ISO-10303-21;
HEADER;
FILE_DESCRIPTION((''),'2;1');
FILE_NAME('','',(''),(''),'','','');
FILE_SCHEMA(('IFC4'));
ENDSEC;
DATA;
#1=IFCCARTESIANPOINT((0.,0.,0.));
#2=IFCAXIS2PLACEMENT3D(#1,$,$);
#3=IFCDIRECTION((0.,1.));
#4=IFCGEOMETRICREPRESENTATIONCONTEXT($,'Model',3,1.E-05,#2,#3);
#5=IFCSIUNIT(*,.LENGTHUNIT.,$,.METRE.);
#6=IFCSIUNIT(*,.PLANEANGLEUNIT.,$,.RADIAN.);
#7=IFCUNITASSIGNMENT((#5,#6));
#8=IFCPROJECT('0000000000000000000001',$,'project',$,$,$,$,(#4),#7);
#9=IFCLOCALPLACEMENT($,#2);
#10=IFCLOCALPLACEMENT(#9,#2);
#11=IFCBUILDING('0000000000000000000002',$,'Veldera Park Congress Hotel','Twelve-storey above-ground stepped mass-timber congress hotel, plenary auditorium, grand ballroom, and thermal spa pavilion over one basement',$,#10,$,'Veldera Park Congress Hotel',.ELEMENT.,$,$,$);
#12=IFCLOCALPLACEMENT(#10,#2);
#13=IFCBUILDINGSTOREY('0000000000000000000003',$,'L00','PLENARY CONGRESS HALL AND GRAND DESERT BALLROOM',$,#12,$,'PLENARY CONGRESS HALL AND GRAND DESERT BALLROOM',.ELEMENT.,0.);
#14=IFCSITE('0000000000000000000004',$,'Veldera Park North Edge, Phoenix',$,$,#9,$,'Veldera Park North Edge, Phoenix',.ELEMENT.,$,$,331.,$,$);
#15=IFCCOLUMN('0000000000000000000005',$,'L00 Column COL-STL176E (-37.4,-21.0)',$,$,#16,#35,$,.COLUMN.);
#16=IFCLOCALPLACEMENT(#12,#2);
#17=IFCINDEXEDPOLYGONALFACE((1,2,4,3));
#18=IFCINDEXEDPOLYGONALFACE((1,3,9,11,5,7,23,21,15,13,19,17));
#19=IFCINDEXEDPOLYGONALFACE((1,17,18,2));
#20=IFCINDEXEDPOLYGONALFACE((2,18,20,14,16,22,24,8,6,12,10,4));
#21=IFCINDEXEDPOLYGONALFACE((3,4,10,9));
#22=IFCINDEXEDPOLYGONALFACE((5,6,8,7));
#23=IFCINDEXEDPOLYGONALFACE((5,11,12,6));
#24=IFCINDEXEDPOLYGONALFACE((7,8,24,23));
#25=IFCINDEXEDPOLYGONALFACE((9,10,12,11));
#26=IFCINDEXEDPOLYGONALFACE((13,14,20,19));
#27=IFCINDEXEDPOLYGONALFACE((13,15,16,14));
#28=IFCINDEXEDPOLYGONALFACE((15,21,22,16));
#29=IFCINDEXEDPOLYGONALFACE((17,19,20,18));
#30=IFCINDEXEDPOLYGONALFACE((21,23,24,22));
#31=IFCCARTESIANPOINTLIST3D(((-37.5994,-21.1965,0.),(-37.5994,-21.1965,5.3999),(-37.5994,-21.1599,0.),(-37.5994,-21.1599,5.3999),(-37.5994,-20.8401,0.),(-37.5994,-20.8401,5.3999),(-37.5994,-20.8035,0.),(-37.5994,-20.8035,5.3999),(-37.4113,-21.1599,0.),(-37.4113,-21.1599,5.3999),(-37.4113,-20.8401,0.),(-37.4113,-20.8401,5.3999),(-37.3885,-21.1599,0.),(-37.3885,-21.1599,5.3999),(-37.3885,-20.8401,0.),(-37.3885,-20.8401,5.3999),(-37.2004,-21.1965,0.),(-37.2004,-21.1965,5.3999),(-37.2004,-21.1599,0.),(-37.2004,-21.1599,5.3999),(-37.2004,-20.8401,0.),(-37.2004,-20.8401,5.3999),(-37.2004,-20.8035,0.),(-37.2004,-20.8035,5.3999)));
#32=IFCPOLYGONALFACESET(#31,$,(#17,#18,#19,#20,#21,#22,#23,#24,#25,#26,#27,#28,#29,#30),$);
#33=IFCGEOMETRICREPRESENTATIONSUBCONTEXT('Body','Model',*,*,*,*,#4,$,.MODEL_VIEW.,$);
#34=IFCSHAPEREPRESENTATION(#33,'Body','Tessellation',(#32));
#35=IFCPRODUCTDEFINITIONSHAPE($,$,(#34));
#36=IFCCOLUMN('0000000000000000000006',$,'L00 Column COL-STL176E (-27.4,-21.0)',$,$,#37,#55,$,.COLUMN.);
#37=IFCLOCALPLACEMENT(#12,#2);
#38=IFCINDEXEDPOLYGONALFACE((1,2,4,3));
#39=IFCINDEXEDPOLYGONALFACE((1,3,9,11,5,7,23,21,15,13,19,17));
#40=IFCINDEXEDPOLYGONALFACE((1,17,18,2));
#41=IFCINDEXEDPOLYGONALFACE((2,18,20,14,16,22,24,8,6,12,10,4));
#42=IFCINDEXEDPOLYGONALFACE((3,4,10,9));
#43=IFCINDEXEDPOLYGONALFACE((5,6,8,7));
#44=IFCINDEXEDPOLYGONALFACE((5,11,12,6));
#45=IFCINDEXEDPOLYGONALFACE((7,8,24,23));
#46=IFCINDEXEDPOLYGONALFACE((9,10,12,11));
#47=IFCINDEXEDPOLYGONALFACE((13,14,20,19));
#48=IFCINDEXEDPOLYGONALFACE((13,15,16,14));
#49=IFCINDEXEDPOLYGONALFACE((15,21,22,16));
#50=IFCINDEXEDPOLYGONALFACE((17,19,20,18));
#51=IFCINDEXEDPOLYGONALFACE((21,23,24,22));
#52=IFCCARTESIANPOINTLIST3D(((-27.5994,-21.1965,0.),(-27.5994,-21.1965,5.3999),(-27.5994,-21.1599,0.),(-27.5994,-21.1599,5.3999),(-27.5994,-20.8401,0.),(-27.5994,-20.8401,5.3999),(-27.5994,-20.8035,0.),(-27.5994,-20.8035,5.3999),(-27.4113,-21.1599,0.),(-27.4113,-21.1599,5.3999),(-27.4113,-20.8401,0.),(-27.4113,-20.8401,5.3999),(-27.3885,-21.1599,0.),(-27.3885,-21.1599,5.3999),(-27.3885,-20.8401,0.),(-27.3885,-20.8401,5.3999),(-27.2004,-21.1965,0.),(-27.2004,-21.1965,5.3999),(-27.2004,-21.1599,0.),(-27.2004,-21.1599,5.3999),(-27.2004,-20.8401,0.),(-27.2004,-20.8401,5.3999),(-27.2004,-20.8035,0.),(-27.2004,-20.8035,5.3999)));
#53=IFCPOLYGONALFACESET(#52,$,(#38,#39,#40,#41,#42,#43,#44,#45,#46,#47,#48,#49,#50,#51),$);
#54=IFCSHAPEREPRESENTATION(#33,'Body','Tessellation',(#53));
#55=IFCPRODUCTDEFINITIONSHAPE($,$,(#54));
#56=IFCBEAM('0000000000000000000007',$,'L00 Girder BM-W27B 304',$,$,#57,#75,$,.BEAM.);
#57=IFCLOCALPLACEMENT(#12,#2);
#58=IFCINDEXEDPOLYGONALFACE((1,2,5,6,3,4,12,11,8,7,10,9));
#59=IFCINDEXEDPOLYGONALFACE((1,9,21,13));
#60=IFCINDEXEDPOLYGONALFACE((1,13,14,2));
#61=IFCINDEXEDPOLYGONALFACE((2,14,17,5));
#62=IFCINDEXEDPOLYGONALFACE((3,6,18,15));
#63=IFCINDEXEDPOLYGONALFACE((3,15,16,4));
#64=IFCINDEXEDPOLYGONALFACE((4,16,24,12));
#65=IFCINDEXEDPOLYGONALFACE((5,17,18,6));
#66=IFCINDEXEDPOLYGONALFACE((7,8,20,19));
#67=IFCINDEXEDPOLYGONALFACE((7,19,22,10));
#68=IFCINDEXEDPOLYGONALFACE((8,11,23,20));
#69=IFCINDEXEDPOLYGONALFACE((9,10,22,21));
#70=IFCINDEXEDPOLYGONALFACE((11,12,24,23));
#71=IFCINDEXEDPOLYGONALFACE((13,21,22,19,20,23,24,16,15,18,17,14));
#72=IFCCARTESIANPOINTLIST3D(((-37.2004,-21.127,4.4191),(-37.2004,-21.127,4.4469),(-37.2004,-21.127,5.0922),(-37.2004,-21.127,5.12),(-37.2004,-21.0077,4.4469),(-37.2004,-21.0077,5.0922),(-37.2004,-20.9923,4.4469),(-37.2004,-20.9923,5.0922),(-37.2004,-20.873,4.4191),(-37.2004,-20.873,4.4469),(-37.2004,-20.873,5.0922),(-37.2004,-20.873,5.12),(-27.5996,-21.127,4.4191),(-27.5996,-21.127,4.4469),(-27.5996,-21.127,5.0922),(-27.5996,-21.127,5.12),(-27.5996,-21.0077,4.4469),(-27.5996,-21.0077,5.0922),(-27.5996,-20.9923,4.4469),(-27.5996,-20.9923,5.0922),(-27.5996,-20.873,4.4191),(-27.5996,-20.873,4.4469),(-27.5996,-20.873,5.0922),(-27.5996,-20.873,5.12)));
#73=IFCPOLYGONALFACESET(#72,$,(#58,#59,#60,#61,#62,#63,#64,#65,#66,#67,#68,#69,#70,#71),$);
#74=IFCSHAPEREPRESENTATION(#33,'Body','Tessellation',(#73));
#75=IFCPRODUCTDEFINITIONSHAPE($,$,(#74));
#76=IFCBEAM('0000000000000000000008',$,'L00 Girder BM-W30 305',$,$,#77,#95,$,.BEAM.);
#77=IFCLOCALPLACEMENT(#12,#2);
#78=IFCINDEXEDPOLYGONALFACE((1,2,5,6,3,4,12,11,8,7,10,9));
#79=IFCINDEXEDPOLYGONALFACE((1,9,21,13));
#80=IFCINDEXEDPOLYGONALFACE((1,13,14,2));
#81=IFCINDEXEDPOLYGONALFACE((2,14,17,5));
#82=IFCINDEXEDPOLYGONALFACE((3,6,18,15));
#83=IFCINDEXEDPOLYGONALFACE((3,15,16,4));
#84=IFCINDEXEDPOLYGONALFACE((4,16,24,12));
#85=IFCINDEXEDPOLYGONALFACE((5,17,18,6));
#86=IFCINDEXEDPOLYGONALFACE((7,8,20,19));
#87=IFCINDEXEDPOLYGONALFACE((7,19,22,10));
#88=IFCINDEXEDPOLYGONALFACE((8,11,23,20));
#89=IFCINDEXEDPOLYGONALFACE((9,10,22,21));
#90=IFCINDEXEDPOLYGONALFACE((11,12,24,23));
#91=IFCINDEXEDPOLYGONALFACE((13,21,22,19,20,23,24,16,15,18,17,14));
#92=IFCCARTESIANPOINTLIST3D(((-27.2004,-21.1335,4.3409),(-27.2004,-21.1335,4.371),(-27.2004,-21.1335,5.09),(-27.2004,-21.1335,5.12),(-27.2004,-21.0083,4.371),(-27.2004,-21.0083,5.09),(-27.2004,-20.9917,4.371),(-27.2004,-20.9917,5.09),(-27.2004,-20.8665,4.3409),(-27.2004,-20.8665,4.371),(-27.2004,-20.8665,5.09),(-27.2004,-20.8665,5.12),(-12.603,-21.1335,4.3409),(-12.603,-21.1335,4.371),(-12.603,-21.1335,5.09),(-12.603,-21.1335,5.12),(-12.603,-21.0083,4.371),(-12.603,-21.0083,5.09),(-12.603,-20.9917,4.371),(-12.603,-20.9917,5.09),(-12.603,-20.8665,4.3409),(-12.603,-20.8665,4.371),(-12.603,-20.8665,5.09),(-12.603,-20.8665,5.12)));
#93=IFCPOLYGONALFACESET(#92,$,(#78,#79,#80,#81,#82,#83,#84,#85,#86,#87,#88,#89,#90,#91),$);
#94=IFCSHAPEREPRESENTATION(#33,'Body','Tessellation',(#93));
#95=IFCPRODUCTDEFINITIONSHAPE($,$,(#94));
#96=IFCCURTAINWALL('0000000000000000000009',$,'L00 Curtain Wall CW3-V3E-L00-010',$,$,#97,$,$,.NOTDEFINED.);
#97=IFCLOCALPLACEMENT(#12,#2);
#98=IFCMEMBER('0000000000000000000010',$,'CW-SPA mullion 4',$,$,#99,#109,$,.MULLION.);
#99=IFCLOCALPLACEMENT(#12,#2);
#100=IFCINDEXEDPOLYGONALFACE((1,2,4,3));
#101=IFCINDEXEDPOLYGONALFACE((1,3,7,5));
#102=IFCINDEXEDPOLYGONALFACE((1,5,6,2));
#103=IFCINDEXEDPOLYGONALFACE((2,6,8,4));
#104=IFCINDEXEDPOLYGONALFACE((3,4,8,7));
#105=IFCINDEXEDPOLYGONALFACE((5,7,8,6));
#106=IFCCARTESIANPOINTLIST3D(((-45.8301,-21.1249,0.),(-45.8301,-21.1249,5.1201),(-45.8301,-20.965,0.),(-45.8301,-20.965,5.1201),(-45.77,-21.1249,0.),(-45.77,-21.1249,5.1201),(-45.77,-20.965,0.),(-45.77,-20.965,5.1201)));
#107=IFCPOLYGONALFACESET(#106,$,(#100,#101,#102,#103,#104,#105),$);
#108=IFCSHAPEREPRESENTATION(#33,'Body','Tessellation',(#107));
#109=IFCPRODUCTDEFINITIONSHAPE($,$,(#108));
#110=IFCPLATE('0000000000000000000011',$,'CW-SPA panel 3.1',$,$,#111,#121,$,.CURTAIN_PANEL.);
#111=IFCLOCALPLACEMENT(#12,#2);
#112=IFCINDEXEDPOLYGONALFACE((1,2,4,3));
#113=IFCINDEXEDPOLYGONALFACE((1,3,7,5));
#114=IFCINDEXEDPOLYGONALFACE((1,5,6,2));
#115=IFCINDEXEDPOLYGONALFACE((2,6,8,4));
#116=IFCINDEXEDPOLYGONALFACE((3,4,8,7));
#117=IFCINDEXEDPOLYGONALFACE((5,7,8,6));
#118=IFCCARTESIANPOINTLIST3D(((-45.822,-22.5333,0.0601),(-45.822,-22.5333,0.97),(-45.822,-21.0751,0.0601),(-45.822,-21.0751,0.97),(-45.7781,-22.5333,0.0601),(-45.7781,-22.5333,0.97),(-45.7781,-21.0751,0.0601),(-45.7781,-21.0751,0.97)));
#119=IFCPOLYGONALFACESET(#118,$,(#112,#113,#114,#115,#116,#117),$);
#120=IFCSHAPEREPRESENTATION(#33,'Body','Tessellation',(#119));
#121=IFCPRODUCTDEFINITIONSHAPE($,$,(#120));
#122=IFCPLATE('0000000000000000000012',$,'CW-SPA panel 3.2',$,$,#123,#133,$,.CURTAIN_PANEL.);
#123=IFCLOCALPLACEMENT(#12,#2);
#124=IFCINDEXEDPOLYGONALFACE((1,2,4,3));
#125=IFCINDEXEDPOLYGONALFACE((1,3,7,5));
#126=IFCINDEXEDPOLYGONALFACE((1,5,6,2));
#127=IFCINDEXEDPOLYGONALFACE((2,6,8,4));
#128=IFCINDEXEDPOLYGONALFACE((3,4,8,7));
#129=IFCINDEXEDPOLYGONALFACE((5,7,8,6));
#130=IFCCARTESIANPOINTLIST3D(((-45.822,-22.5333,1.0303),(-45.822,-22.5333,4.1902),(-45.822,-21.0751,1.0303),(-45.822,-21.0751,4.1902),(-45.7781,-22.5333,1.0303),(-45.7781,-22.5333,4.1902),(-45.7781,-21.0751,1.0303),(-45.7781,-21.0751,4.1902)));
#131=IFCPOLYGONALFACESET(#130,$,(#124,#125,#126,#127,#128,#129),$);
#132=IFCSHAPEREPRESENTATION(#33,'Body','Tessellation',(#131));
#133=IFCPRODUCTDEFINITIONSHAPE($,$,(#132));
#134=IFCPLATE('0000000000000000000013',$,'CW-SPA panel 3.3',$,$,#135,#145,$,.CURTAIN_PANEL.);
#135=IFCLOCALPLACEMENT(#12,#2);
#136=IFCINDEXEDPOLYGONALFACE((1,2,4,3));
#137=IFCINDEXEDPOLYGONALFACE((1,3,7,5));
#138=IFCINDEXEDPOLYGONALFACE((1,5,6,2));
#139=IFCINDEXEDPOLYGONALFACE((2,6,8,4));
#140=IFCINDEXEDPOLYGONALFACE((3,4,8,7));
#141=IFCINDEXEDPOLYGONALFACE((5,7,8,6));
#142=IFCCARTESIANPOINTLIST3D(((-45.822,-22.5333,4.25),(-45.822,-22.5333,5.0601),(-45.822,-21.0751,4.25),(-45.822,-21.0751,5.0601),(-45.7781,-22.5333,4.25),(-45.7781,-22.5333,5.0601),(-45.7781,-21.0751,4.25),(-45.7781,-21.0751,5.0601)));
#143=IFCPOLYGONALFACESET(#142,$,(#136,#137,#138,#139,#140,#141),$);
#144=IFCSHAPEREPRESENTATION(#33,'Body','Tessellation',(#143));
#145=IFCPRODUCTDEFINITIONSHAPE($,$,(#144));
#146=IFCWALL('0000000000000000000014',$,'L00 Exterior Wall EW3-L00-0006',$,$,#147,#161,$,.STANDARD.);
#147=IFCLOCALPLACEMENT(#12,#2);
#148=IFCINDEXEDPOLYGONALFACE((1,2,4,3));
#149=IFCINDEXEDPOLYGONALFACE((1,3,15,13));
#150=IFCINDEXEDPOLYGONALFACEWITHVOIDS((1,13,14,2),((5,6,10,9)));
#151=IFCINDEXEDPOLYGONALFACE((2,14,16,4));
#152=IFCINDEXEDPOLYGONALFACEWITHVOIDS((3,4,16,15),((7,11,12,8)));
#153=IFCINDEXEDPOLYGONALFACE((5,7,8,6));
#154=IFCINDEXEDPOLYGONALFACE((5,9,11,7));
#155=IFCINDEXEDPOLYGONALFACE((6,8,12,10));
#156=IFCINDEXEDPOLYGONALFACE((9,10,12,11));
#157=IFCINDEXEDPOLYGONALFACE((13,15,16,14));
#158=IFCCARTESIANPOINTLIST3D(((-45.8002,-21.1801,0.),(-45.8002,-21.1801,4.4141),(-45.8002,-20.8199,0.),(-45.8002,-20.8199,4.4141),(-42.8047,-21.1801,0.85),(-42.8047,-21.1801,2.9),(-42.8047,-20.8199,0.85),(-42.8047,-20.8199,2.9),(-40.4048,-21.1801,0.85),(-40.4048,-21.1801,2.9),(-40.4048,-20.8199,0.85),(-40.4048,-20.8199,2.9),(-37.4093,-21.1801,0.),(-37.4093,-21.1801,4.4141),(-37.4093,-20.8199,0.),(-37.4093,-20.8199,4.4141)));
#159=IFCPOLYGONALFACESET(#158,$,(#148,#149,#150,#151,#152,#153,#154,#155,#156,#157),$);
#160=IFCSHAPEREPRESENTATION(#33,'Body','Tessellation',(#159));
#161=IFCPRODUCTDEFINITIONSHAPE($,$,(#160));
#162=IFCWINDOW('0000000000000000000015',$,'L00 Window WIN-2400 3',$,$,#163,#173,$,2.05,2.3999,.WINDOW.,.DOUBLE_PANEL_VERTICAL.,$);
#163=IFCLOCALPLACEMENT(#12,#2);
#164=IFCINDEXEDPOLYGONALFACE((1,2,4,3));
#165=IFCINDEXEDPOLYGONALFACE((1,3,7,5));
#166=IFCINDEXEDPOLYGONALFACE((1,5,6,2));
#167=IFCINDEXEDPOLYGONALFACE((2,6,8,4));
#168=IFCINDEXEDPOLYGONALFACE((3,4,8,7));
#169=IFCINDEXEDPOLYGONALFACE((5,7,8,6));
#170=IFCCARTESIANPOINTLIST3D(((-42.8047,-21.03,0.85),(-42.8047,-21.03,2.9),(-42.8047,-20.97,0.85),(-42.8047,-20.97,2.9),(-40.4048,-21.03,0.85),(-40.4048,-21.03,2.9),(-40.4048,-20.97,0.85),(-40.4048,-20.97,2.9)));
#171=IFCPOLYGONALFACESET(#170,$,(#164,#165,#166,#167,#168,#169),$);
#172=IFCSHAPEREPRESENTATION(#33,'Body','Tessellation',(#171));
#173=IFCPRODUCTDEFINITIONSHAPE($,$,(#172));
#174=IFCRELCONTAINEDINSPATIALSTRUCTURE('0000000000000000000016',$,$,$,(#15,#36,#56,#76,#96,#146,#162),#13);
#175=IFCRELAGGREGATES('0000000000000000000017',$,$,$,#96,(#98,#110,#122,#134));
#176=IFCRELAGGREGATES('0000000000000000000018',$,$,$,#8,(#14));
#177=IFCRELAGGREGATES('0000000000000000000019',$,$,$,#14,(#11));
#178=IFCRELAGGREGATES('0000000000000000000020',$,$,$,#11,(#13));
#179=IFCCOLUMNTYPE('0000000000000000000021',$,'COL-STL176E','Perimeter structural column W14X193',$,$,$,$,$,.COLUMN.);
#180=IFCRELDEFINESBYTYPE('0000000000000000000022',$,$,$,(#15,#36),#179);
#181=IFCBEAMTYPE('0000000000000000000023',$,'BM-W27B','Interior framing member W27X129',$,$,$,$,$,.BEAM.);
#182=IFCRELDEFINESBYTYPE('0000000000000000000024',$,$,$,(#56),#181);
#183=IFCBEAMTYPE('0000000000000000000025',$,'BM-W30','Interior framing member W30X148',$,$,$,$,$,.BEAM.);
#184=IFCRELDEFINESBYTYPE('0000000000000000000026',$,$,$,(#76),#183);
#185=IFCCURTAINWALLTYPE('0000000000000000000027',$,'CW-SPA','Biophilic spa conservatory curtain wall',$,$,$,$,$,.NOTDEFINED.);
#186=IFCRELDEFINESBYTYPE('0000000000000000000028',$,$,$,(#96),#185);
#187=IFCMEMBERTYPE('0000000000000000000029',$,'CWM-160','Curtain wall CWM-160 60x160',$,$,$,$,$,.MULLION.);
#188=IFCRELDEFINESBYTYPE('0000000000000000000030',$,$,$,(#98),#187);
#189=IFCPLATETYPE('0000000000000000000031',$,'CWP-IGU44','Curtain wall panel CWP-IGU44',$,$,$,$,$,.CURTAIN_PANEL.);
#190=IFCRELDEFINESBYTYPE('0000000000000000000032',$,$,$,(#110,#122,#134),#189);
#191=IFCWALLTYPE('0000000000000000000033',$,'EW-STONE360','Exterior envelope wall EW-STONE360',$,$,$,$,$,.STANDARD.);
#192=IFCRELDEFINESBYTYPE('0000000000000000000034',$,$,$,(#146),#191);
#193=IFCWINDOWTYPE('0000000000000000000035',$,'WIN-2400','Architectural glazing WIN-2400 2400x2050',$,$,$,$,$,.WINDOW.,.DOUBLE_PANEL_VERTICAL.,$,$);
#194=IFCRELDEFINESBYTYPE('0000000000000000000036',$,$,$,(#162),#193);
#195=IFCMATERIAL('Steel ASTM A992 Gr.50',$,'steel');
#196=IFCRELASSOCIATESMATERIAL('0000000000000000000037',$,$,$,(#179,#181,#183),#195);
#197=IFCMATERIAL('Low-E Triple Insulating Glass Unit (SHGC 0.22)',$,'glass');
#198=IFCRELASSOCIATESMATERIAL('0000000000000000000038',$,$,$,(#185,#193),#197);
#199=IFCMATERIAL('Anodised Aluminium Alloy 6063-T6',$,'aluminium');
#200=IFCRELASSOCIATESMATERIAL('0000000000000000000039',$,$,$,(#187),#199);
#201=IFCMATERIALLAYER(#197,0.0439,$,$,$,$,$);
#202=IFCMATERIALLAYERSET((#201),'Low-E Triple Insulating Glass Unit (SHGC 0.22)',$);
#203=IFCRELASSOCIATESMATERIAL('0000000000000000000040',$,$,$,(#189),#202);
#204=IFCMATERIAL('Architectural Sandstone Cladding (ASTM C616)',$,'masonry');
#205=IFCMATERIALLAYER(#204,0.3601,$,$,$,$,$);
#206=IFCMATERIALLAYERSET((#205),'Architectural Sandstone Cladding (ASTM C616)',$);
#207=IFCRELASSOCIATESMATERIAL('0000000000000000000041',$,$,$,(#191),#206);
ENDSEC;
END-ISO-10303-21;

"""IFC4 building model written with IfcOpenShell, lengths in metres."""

from ifc_helpers import new_model, si_unit, direction, frame, frame_2d, origin, origin_2d, place, context, subcontext, project, spatial, rectangle, i_section, extrude, material, layer, layer_set, material_profile, profile_set, type_object, element, fill, aggregate, save


model = new_model("IFC4")

# Units and contexts
model_context = context("Model", 3, precision=1e-05, world=origin(), true_north=direction((0.0, 1.0)))
body_context = subcontext(model_context, "Body", "Model", "MODEL_VIEW")
ifc_project = project(units=[si_unit("LENGTHUNIT", "METRE"), si_unit("PLANEANGLEUNIT", "RADIAN")], contexts=[model_context])

# Site, building, storey
site_placement = place(None, origin())
site = spatial("IfcSite", under=ifc_project, at=site_placement, Name="Veldera Park North Edge, Phoenix", LongName="Veldera Park North Edge, Phoenix", CompositionType="ELEMENT", RefElevation=331.0)
building_placement = place(site_placement, origin())
building = spatial("IfcBuilding", under=site, at=building_placement, Name="Veldera Park Congress Hotel", Description="Twelve-storey above-ground stepped mass-timber congress hotel, plenary auditorium, grand ballroom, and thermal spa pavilion over one basement", LongName="Veldera Park Congress Hotel", CompositionType="ELEMENT")
storey_placement = place(building_placement, origin())
storey = spatial("IfcBuildingStorey", under=building, at=storey_placement, Name="L00", Description="PLENARY CONGRESS HALL AND GRAND DESERT BALLROOM", LongName="PLENARY CONGRESS HALL AND GRAND DESERT BALLROOM", CompositionType="ELEMENT", Elevation=0.0)

# Columns
ifc_material_1 = material(Name="Steel ASTM A992 Gr.50", Category="steel")
ifc_material_profile_1 = material_profile(ifc_material_1, i_section(OverallWidth=0.3989, OverallDepth=0.3931, WebThickness=0.0227, FlangeThickness=0.0366, at=origin_2d()), Name="W14X193")
ifc_profile_set_1 = profile_set([ifc_material_profile_1], Name="Steel ASTM A992 Gr.50")
column_type = type_object("IfcColumnType", Name="COL-STL176E", Description="Perimeter structural column W14X193", PredefinedType="COLUMN", material=ifc_profile_set_1)
for number, where, z_axis, x_axis, name in (
    (1, (-37.3999, -21.0, 0.0), (0.0, 0.0, 1.0), (1.0, 0.0, 0.0), "L00 Column COL-STL176E (-37.4,-21.0)"),
    (2, (-27.3999, -21.0, 0.0), (0.0, 0.0, 1.0), (1.0, 0.0, 0.0), "L00 Column COL-STL176E (-27.4,-21.0)"),
):
    element("IfcColumn", number, at=place(storey_placement, frame(where, z_axis=z_axis, x_axis=x_axis)), inside=storey, type_object=column_type, Name=name, PredefinedType="COLUMN", context=body_context, shape_type="SweptSolid", body=[
        extrude(i_section(OverallWidth=0.3989, OverallDepth=0.3931, WebThickness=0.0227, FlangeThickness=0.0366, at=origin_2d()), origin(), (0.0, 0.0, 1.0), 5.3999),
    ])

# Beams
ifc_material_profile_2 = material_profile(ifc_material_1, i_section(OverallWidth=0.2539, OverallDepth=0.7009, WebThickness=0.0154, FlangeThickness=0.0278, at=origin_2d()), Name="W27X129")
ifc_profile_set_2 = profile_set([ifc_material_profile_2], Name="Steel ASTM A992 Gr.50")
beam_type_1 = type_object("IfcBeamType", Name="BM-W27B", Description="Interior framing member W27X129", PredefinedType="BEAM", material=ifc_profile_set_2)
beam_1_placement = place(storey_placement, frame((-37.2004, -21.0, 4.7695), z_axis=(1.0, 0.0, 0.0), x_axis=(0.0, 1.0, 0.0)))
element("IfcBeam", 3, at=beam_1_placement, inside=storey, type_object=beam_type_1, Name="L00 Girder BM-W27B 304", PredefinedType="BEAM", context=body_context, shape_type="SweptSolid", body=[
    extrude(i_section(OverallWidth=0.2539, OverallDepth=0.7009, WebThickness=0.0154, FlangeThickness=0.0278, at=origin_2d()), origin(), (0.0, 0.0, 1.0), 9.6008),
])
ifc_material_profile_3 = material_profile(ifc_material_1, i_section(OverallWidth=0.2671, OverallDepth=0.7791, WebThickness=0.0166, FlangeThickness=0.03, at=origin_2d()), Name="W30X148")
ifc_profile_set_3 = profile_set([ifc_material_profile_3], Name="Steel ASTM A992 Gr.50")
beam_type_2 = type_object("IfcBeamType", Name="BM-W30", Description="Interior framing member W30X148", PredefinedType="BEAM", material=ifc_profile_set_3)
beam_2_placement = place(storey_placement, frame((-27.2004, -21.0, 4.7305), z_axis=(1.0, 0.0, 0.0), x_axis=(0.0, 1.0, 0.0)))
element("IfcBeam", 4, at=beam_2_placement, inside=storey, type_object=beam_type_2, Name="L00 Girder BM-W30 305", PredefinedType="BEAM", context=body_context, shape_type="SweptSolid", body=[
    extrude(i_section(OverallWidth=0.2671, OverallDepth=0.7791, WebThickness=0.0166, FlangeThickness=0.03, at=origin_2d()), origin(), (0.0, 0.0, 1.0), 14.5974),
])

# Curtain wall, member, plates
ifc_material_2 = material(Name="Low-E Triple Insulating Glass Unit (SHGC 0.22)", Category="glass")
curtain_wall_type = type_object("IfcCurtainWallType", Name="CW-SPA", Description="Biophilic spa conservatory curtain wall", PredefinedType="NOTDEFINED", material=ifc_material_2)
curtain_wall_placement = place(storey_placement, origin())
curtain_wall = element("IfcCurtainWall", 5, at=curtain_wall_placement, inside=storey, type_object=curtain_wall_type, Name="L00 Curtain Wall CW3-V3E-L00-010", PredefinedType="NOTDEFINED")
ifc_material_3 = material(Name="Anodised Aluminium Alloy 6063-T6", Category="aluminium")
ifc_material_profile_4 = material_profile(ifc_material_3, rectangle(XDim=0.0601, YDim=0.1599, at=origin_2d()), Name="ALU 60x160")
ifc_profile_set_4 = profile_set([ifc_material_profile_4], Name="Anodised Aluminium Alloy 6063-T6")
member_type = type_object("IfcMemberType", Name="CWM-160", Description="Curtain wall CWM-160 60x160", PredefinedType="MULLION", material=ifc_profile_set_4)
member_placement = place(storey_placement, frame((-45.8, -21.0449, 0.0), z_axis=(0.0, 0.0, 1.0), x_axis=(-1.0, 0.0, 0.0)))
member = element("IfcMember", 6, at=member_placement, type_object=member_type, Name="CW-SPA mullion 4", PredefinedType="MULLION", context=body_context, shape_type="SweptSolid", body=[
    extrude(rectangle(XDim=0.0601, YDim=0.1599, at=origin_2d()), origin(), (0.0, 0.0, 1.0), 5.1201),
])
ifc_layer_1 = layer(ifc_material_2, 0.0439)
ifc_layer_set_1 = layer_set([ifc_layer_1], Name="Low-E Triple Insulating Glass Unit (SHGC 0.22)")
plate_type = type_object("IfcPlateType", Name="CWP-IGU44", Description="Curtain wall panel CWP-IGU44", PredefinedType="CURTAIN_PANEL", material=ifc_layer_set_1)
plate_1_placement = place(storey_placement, frame((-45.8, -21.8042, 0.0601), z_axis=(0.0, 0.0, 1.0), x_axis=(0.0, 1.0, 0.0)))
plate_1 = element("IfcPlate", 7, at=plate_1_placement, type_object=plate_type, Name="CW-SPA panel 3.1", PredefinedType="CURTAIN_PANEL", context=body_context, shape_type="SweptSolid", body=[
    extrude(rectangle(XDim=1.4583, YDim=0.0439, at=origin_2d()), origin(), (0.0, 0.0, 1.0), 0.9099),
])
plate_2_placement = place(storey_placement, frame((-45.8, -21.8042, 1.0303), z_axis=(0.0, 0.0, 1.0), x_axis=(0.0, 1.0, 0.0)))
plate_2 = element("IfcPlate", 8, at=plate_2_placement, type_object=plate_type, Name="CW-SPA panel 3.2", PredefinedType="CURTAIN_PANEL", context=body_context, shape_type="SweptSolid", body=[
    extrude(rectangle(XDim=1.4583, YDim=0.0439, at=origin_2d()), origin(), (0.0, 0.0, 1.0), 3.1599),
])
plate_3_placement = place(storey_placement, frame((-45.8, -21.8042, 4.25), z_axis=(0.0, 0.0, 1.0), x_axis=(0.0, 1.0, 0.0)))
plate_3 = element("IfcPlate", 9, at=plate_3_placement, type_object=plate_type, Name="CW-SPA panel 3.3", PredefinedType="CURTAIN_PANEL", context=body_context, shape_type="SweptSolid", body=[
    extrude(rectangle(XDim=1.4583, YDim=0.0439, at=origin_2d()), origin(), (0.0, 0.0, 1.0), 0.8101),
])
aggregate(curtain_wall, [member, plate_1, plate_2, plate_3])

# Wall, opening, window
ifc_material_4 = material(Name="Architectural Sandstone Cladding (ASTM C616)", Category="masonry")
ifc_layer_2 = layer(ifc_material_4, 0.3601)
ifc_layer_set_2 = layer_set([ifc_layer_2], Name="Architectural Sandstone Cladding (ASTM C616)")
wall_type_1 = type_object("IfcWallType", Name="EW-STONE360", Description="Exterior envelope wall EW-STONE360", PredefinedType="STANDARD", material=ifc_layer_set_2)
wall_1_placement = place(storey_placement, frame((-45.8, -21.0, 0.0), z_axis=(0.0, 0.0, 1.0), x_axis=(1.0, 0.0, 0.0)))
wall_1 = element("IfcWall", 10, at=wall_1_placement, inside=storey, type_object=wall_type_1, Name="L00 Exterior Wall EW3-L00-0006", PredefinedType="STANDARD", context=body_context, shape_type="SweptSolid", body=[
    extrude(rectangle(XDim=8.3909, YDim=0.3601, at=frame_2d((4.1953, 0.0))), origin(), (0.0, 0.0, 1.0), 4.4141),
])
opening_1_placement = place(wall_1_placement, frame((2.9954, 0.0, 0.8501)))
opening_1 = element("IfcOpeningElement", 11, at=opening_1_placement, cuts=wall_1, PredefinedType="OPENING", context=body_context, shape_type="SweptSolid", body=[
    extrude(rectangle(XDim=2.3999, YDim=2.05, at=frame_2d((1.2, 1.0249))), frame((0.0, 0.1921, 0.0), z_axis=(0.0, -1.0, 0.0), x_axis=(1.0, 0.0, 0.0)), (0.0, 0.0, 1.0), 0.384),
])
window_type = type_object("IfcWindowType", Name="WIN-2400", Description="Architectural glazing WIN-2400 2400x2050", PartitioningType="DOUBLE_PANEL_VERTICAL", PredefinedType="WINDOW", material=ifc_material_2)
window_1_placement = place(opening_1_placement, origin())
window_1 = element("IfcWindow", 12, at=window_1_placement, inside=storey, type_object=window_type, Name="L00 Window WIN-2400 3", OverallHeight=2.05, OverallWidth=2.3999, PartitioningType="DOUBLE_PANEL_VERTICAL", PredefinedType="WINDOW", context=body_context, shape_type="SweptSolid", body=[
    extrude(rectangle(XDim=2.3999, YDim=2.05, at=frame_2d((1.2, 1.0249))), frame((0.0, 0.03, 0.0), z_axis=(0.0, -1.0, 0.0), x_axis=(1.0, 0.0, 0.0)), (0.0, 0.0, 1.0), 0.0601),
])
fill(opening_1, window_1)

save(model, "model.ifc")
